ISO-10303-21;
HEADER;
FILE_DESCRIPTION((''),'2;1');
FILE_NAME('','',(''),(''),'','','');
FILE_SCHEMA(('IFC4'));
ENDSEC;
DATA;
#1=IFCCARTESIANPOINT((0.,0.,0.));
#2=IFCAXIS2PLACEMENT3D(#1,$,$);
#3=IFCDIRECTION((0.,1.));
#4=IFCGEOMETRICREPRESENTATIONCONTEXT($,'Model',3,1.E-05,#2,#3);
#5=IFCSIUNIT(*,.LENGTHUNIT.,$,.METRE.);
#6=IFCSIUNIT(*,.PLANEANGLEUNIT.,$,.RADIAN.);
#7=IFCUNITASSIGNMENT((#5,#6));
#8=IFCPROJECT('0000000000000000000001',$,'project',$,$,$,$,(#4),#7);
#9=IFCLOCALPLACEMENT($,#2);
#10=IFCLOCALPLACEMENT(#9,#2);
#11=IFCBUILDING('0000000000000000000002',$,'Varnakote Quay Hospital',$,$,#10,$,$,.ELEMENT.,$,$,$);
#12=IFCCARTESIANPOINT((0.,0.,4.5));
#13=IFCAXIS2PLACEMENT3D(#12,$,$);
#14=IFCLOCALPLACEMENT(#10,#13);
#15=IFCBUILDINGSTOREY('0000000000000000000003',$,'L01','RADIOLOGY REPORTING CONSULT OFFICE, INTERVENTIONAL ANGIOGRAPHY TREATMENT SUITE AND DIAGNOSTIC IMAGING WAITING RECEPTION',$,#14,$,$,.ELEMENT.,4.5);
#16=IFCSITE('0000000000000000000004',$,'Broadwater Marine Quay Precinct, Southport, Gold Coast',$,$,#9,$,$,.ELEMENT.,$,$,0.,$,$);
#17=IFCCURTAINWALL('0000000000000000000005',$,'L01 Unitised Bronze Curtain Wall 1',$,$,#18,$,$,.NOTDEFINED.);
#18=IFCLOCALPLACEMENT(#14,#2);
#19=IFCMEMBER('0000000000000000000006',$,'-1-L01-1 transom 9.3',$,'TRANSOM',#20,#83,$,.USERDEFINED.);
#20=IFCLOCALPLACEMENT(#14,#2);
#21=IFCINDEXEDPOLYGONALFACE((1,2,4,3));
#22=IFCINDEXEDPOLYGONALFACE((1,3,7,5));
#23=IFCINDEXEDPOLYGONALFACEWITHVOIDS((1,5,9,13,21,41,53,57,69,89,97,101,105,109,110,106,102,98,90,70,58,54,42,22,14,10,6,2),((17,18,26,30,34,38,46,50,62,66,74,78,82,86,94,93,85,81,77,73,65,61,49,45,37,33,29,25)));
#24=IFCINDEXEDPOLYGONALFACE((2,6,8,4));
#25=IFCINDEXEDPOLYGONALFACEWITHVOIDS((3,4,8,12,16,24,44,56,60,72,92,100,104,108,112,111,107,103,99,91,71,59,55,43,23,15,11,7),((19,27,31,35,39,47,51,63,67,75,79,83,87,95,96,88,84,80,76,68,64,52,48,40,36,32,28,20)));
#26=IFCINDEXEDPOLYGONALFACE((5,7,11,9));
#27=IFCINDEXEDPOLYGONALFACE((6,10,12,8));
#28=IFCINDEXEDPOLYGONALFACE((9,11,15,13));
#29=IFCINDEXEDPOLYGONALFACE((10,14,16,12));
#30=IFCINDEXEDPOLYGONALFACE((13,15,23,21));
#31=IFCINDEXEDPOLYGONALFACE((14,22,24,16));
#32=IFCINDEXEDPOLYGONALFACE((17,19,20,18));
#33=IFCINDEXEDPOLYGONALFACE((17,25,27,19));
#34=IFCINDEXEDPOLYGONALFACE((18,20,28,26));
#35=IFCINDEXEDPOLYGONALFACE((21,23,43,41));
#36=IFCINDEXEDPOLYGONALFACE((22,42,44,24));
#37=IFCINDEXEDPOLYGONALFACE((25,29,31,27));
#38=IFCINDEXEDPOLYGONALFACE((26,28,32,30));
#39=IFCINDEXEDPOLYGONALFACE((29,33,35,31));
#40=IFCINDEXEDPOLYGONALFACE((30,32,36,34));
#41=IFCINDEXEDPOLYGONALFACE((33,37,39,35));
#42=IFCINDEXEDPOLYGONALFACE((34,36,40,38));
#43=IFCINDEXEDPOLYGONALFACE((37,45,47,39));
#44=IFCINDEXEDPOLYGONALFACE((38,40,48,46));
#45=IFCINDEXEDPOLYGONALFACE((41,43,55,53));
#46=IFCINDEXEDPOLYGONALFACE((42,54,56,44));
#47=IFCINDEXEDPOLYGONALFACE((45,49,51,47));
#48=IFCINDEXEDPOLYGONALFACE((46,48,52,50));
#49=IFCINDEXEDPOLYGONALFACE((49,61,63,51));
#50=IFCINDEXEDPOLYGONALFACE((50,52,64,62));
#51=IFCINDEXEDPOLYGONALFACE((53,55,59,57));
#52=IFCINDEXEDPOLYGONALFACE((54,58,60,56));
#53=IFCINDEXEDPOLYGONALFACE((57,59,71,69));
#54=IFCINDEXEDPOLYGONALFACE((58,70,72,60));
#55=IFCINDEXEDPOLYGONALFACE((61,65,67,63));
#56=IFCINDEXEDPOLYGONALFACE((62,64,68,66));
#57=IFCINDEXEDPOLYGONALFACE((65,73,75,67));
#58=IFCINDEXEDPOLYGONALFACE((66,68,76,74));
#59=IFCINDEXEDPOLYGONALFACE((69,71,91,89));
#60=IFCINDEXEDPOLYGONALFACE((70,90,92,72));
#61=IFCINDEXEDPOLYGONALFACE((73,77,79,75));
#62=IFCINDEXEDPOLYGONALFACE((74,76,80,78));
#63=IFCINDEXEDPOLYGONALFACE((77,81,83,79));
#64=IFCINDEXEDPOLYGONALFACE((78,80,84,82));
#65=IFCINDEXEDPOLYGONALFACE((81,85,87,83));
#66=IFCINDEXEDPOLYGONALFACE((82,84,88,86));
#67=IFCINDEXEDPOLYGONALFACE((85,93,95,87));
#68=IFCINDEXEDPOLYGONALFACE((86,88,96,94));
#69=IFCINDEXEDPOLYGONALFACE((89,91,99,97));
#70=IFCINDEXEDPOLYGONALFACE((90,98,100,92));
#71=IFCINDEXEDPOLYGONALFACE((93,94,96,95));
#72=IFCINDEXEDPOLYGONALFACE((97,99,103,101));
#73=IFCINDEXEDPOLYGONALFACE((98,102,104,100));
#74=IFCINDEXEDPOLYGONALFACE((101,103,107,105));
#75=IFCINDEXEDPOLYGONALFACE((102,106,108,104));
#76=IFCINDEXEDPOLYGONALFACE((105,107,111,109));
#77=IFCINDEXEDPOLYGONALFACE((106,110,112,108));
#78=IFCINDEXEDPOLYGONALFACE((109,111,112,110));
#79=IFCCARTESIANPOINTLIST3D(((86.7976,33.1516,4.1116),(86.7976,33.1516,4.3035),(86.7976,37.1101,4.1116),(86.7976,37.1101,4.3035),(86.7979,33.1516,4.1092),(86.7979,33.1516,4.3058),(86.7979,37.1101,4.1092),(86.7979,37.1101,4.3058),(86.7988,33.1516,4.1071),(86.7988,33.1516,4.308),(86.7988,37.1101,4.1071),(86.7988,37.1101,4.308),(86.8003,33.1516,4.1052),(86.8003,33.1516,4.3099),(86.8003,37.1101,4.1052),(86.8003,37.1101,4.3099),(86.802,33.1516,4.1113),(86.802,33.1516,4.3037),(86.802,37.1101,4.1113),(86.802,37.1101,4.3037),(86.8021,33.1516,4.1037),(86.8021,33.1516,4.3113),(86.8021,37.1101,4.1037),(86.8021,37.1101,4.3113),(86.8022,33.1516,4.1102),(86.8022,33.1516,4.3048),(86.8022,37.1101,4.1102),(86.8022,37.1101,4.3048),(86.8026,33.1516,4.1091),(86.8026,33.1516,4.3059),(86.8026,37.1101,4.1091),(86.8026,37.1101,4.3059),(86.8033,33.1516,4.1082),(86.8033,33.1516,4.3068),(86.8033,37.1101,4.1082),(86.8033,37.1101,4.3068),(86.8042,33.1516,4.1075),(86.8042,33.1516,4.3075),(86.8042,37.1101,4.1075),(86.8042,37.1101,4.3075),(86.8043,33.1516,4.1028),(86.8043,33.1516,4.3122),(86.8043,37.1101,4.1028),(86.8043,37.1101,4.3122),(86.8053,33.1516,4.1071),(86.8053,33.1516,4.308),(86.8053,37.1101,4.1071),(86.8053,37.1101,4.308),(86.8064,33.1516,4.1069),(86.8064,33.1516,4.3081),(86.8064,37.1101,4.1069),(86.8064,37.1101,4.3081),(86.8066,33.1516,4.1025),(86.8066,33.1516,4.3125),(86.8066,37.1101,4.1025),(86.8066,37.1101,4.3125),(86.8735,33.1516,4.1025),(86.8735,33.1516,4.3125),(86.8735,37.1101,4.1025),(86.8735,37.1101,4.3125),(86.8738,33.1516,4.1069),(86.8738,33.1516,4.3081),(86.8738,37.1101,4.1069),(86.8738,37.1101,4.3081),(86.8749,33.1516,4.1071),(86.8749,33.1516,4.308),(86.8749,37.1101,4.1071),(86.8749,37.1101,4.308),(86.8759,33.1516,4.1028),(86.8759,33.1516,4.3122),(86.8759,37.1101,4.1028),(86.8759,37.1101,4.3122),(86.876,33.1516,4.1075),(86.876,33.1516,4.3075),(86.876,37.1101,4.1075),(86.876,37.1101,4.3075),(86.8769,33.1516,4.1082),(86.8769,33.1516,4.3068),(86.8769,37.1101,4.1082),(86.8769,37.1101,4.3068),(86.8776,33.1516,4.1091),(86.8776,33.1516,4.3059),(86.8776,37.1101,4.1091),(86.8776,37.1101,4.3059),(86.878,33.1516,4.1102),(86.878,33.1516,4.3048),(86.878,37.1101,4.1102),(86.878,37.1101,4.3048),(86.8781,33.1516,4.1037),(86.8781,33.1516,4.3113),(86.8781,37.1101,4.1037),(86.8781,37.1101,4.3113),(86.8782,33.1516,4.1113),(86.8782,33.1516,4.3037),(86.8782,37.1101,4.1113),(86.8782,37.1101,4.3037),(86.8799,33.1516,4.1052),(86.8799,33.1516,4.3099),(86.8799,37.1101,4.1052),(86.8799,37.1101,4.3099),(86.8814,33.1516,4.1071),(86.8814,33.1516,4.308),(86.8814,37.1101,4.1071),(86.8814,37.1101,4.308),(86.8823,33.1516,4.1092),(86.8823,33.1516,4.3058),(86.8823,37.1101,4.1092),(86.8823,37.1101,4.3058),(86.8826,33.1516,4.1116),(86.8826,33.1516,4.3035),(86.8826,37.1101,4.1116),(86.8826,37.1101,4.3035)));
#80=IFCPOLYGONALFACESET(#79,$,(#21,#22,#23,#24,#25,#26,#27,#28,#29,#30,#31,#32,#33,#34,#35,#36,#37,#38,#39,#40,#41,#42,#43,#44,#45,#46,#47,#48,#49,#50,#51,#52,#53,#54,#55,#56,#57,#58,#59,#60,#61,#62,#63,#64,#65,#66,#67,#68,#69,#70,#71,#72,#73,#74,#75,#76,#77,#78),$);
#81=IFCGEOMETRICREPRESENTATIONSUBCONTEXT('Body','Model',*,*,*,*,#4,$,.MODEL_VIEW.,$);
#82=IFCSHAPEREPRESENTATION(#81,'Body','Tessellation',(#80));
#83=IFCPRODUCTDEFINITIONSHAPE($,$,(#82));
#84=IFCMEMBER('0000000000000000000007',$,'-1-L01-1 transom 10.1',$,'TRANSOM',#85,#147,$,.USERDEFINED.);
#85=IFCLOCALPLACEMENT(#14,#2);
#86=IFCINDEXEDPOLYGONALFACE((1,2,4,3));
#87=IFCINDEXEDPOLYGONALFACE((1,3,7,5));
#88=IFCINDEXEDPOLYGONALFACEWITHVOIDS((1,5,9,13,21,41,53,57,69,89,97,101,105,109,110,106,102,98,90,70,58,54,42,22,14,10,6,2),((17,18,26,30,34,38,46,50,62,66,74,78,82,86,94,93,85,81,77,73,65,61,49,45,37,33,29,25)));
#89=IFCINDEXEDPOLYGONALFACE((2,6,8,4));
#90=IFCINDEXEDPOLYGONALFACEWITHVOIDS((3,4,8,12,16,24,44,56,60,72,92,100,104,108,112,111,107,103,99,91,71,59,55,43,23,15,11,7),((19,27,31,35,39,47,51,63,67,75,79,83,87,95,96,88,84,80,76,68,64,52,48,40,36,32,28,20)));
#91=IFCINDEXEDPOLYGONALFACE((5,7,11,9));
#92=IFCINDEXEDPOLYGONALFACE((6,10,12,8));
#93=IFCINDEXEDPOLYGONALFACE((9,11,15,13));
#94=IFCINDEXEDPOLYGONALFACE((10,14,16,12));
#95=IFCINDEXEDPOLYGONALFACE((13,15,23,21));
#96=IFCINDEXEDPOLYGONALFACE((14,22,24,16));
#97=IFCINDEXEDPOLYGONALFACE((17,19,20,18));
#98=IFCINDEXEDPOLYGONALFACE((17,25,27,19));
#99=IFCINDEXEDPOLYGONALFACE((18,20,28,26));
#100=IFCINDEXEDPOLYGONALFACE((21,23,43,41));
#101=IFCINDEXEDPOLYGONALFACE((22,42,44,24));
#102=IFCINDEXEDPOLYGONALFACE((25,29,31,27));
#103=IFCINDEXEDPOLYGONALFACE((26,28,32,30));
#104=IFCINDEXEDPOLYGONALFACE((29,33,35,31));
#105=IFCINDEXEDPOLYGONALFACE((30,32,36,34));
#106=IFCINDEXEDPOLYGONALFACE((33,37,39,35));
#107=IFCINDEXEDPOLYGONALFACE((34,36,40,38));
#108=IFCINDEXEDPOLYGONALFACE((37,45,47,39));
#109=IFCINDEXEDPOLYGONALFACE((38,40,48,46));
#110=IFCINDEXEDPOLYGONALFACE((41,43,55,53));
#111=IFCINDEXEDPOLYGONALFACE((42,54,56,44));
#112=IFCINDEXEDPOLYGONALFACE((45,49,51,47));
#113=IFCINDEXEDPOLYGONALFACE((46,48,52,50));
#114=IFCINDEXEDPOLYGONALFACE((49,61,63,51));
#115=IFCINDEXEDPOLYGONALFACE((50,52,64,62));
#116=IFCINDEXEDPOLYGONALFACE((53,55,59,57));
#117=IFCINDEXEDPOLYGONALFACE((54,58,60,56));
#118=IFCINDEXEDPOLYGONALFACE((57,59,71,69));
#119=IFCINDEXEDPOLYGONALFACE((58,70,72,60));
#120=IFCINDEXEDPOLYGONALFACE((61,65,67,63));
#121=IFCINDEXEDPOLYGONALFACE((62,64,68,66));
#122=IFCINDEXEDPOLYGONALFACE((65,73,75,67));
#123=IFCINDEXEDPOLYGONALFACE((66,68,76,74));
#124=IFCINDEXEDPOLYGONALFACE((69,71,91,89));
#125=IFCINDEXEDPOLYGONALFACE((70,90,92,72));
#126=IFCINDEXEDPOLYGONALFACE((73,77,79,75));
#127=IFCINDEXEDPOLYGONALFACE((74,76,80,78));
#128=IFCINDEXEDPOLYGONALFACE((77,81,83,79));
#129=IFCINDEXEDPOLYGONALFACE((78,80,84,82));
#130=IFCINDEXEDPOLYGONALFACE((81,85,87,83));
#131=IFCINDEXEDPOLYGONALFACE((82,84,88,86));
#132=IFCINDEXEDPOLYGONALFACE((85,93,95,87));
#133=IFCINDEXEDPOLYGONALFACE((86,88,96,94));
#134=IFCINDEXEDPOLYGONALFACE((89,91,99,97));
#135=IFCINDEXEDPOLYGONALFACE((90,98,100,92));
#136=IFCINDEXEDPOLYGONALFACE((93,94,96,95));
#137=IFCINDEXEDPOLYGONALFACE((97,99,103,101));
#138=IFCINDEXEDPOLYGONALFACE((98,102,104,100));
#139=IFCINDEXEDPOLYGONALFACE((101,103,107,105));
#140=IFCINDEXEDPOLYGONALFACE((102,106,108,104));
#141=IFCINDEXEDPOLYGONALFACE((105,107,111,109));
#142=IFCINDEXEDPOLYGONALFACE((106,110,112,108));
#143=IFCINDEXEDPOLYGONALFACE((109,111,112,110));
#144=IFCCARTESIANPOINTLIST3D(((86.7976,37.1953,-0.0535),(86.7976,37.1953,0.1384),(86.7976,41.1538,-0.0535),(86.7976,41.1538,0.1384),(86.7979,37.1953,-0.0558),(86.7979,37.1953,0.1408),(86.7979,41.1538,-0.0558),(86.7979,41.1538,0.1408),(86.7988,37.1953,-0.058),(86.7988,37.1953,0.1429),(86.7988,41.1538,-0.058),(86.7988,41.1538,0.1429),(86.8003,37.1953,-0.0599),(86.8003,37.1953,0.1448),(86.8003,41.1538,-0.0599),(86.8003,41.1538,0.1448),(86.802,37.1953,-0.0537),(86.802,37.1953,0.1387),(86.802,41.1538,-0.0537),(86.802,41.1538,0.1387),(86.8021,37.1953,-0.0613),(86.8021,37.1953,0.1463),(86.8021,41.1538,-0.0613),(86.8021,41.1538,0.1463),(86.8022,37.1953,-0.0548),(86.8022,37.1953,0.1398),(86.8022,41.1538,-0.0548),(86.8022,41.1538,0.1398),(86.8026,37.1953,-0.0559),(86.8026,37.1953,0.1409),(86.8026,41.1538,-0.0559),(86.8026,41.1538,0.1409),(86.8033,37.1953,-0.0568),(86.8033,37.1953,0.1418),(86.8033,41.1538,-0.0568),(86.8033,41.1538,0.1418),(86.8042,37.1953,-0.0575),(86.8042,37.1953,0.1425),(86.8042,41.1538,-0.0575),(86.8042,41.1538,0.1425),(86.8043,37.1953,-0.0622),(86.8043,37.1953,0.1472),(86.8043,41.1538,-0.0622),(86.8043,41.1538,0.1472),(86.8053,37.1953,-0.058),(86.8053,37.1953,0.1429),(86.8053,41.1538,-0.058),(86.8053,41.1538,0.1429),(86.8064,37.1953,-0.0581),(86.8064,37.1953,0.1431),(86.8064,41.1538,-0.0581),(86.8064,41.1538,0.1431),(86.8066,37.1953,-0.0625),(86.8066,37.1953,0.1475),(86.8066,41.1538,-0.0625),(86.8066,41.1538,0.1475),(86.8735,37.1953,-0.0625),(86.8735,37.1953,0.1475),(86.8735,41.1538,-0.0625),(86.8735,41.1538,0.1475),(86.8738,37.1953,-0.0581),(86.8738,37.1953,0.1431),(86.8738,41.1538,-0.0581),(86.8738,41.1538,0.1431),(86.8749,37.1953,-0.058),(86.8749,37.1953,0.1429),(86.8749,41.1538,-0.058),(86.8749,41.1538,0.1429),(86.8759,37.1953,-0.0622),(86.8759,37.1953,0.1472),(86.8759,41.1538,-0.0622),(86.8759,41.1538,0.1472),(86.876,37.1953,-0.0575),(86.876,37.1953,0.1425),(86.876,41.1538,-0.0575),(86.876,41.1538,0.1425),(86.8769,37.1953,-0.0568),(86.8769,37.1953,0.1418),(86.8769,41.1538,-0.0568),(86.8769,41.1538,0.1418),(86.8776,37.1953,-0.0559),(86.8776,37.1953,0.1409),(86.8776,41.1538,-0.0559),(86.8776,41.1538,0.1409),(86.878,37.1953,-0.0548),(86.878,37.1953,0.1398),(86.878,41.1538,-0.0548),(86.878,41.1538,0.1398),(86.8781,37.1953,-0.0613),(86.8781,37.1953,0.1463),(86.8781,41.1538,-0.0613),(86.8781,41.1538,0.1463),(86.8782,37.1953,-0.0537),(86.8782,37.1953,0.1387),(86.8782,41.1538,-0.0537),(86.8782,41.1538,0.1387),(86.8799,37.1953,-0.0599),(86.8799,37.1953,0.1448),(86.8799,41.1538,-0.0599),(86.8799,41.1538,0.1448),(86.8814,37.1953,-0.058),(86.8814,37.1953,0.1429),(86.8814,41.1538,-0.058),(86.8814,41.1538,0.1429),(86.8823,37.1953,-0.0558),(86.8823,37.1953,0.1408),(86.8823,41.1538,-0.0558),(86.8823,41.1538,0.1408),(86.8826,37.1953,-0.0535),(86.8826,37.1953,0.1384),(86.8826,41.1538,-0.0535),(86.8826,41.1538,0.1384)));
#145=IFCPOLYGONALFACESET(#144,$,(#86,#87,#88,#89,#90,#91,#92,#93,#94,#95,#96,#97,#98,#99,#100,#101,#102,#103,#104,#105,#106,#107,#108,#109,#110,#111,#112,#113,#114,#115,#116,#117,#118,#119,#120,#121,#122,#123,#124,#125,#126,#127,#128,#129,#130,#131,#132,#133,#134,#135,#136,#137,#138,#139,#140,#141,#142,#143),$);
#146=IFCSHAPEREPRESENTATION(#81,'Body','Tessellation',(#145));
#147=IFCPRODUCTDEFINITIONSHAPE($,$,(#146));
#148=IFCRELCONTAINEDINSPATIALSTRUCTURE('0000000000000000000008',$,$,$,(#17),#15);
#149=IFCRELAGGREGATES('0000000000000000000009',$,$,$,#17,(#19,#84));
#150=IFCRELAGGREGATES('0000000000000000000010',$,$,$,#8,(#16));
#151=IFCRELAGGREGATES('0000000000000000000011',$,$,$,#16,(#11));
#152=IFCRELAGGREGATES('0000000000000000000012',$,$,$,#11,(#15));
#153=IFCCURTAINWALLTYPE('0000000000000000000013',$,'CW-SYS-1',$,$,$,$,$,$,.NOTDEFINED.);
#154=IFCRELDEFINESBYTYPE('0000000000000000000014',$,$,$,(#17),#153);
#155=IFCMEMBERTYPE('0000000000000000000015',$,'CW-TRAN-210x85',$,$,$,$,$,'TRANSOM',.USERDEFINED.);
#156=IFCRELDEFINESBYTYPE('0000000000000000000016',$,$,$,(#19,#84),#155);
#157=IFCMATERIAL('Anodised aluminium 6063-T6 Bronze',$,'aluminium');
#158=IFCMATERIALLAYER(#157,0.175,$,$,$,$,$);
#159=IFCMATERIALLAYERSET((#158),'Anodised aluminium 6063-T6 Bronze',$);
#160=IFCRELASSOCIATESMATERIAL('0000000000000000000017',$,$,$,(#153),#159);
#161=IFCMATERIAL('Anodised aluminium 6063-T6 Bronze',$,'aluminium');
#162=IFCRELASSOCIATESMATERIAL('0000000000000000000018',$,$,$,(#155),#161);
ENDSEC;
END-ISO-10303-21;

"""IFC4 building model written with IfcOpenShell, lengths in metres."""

from ifc_helpers import new_model, si_unit, direction, frame, origin, origin_2d, place, context, subcontext, project, spatial, hollow_rectangle, extrude, material, layer, layer_set, material_profile, profile_set, type_object, element, aggregate, save


model = new_model("IFC4")

# Units and contexts
model_context = context("Model", 3, precision=1e-05, world=origin(), true_north=direction((0.0, 1.0)))
body_context = subcontext(model_context, "Body", "Model", "MODEL_VIEW")
ifc_project = project(units=[si_unit("LENGTHUNIT", "METRE"), si_unit("PLANEANGLEUNIT", "RADIAN")], contexts=[model_context])

# Site, building, storey
site_placement = place(None, origin())
site = spatial("IfcSite", under=ifc_project, at=site_placement, Name="Broadwater Marine Quay Precinct, Southport, Gold Coast", CompositionType="ELEMENT", RefElevation=0.0)
building_placement = place(site_placement, origin())
building = spatial("IfcBuilding", under=site, at=building_placement, Name="Varnakote Quay Hospital", CompositionType="ELEMENT")
storey_placement = place(building_placement, frame((0.0, 0.0, 4.5)))
storey = spatial("IfcBuildingStorey", under=building, at=storey_placement, Name="L01", Description="RADIOLOGY REPORTING CONSULT OFFICE, INTERVENTIONAL ANGIOGRAPHY TREATMENT SUITE AND DIAGNOSTIC IMAGING WAITING RECEPTION", CompositionType="ELEMENT", Elevation=4.5)

# Curtain wall, members
ifc_material_1 = material(Name="Anodised aluminium 6063-T6 Bronze", Category="aluminium")
ifc_layer_1 = layer(ifc_material_1, 0.175)
ifc_layer_set_1 = layer_set([ifc_layer_1], Name="Anodised aluminium 6063-T6 Bronze")
curtain_wall_type = type_object("IfcCurtainWallType", Name="CW-SYS-1", PredefinedType="NOTDEFINED", material=ifc_layer_set_1)
curtain_wall_placement = place(storey_placement, origin())
curtain_wall = element("IfcCurtainWall", 1, at=curtain_wall_placement, inside=storey, type_object=curtain_wall_type, Name="L01 Unitised Bronze Curtain Wall 1", PredefinedType="NOTDEFINED")
ifc_material_2 = material(Name="Anodised aluminium 6063-T6 Bronze", Category="aluminium")
ifc_material_profile_1 = material_profile(ifc_material_2, hollow_rectangle(XDim=0.085, YDim=0.21, WallThickness=0.0044, InnerFilletRadius=0.0044, OuterFilletRadius=0.009, at=origin_2d()), Name="CW-TRAN-210x85")
ifc_profile_set_1 = profile_set([ifc_material_profile_1], Name="Anodised aluminium 6063-T6 Bronze")
member_type_1 = type_object("IfcMemberType", Name="CW-TRAN-210x85", ElementType="TRANSOM", PredefinedType="USERDEFINED", material=ifc_profile_set_1)
member_1_placement = place(storey_placement, frame((86.8401, 33.1516, 4.2075), z_axis=(0.0, 1.0, 0.0), x_axis=(-1.0, 0.0, 0.0)))
member_1 = element("IfcMember", 2, at=member_1_placement, type_object=member_type_1, Name="-1-L01-1 transom 9.3", ObjectType="TRANSOM", PredefinedType="USERDEFINED", context=body_context, shape_type="SweptSolid", body=[
    extrude(hollow_rectangle(XDim=0.085, YDim=0.21, WallThickness=0.0044, InnerFilletRadius=0.0044, OuterFilletRadius=0.009, at=origin_2d()), origin(), (0.0, 0.0, 1.0), 3.9585),
])
member_2_placement = place(storey_placement, frame((86.8401, 37.1953, 0.0425), z_axis=(0.0, 1.0, 0.0), x_axis=(-1.0, 0.0, 0.0)))
member_2 = element("IfcMember", 3, at=member_2_placement, type_object=member_type_1, Name="-1-L01-1 transom 10.1", ObjectType="TRANSOM", PredefinedType="USERDEFINED", context=body_context, shape_type="SweptSolid", body=[
    extrude(hollow_rectangle(XDim=0.085, YDim=0.21, WallThickness=0.0044, InnerFilletRadius=0.0044, OuterFilletRadius=0.009, at=origin_2d()), origin(), (0.0, 0.0, 1.0), 3.9585),
])

aggregate(curtain_wall, [member_1, member_2])

save(model, "model.ifc")
